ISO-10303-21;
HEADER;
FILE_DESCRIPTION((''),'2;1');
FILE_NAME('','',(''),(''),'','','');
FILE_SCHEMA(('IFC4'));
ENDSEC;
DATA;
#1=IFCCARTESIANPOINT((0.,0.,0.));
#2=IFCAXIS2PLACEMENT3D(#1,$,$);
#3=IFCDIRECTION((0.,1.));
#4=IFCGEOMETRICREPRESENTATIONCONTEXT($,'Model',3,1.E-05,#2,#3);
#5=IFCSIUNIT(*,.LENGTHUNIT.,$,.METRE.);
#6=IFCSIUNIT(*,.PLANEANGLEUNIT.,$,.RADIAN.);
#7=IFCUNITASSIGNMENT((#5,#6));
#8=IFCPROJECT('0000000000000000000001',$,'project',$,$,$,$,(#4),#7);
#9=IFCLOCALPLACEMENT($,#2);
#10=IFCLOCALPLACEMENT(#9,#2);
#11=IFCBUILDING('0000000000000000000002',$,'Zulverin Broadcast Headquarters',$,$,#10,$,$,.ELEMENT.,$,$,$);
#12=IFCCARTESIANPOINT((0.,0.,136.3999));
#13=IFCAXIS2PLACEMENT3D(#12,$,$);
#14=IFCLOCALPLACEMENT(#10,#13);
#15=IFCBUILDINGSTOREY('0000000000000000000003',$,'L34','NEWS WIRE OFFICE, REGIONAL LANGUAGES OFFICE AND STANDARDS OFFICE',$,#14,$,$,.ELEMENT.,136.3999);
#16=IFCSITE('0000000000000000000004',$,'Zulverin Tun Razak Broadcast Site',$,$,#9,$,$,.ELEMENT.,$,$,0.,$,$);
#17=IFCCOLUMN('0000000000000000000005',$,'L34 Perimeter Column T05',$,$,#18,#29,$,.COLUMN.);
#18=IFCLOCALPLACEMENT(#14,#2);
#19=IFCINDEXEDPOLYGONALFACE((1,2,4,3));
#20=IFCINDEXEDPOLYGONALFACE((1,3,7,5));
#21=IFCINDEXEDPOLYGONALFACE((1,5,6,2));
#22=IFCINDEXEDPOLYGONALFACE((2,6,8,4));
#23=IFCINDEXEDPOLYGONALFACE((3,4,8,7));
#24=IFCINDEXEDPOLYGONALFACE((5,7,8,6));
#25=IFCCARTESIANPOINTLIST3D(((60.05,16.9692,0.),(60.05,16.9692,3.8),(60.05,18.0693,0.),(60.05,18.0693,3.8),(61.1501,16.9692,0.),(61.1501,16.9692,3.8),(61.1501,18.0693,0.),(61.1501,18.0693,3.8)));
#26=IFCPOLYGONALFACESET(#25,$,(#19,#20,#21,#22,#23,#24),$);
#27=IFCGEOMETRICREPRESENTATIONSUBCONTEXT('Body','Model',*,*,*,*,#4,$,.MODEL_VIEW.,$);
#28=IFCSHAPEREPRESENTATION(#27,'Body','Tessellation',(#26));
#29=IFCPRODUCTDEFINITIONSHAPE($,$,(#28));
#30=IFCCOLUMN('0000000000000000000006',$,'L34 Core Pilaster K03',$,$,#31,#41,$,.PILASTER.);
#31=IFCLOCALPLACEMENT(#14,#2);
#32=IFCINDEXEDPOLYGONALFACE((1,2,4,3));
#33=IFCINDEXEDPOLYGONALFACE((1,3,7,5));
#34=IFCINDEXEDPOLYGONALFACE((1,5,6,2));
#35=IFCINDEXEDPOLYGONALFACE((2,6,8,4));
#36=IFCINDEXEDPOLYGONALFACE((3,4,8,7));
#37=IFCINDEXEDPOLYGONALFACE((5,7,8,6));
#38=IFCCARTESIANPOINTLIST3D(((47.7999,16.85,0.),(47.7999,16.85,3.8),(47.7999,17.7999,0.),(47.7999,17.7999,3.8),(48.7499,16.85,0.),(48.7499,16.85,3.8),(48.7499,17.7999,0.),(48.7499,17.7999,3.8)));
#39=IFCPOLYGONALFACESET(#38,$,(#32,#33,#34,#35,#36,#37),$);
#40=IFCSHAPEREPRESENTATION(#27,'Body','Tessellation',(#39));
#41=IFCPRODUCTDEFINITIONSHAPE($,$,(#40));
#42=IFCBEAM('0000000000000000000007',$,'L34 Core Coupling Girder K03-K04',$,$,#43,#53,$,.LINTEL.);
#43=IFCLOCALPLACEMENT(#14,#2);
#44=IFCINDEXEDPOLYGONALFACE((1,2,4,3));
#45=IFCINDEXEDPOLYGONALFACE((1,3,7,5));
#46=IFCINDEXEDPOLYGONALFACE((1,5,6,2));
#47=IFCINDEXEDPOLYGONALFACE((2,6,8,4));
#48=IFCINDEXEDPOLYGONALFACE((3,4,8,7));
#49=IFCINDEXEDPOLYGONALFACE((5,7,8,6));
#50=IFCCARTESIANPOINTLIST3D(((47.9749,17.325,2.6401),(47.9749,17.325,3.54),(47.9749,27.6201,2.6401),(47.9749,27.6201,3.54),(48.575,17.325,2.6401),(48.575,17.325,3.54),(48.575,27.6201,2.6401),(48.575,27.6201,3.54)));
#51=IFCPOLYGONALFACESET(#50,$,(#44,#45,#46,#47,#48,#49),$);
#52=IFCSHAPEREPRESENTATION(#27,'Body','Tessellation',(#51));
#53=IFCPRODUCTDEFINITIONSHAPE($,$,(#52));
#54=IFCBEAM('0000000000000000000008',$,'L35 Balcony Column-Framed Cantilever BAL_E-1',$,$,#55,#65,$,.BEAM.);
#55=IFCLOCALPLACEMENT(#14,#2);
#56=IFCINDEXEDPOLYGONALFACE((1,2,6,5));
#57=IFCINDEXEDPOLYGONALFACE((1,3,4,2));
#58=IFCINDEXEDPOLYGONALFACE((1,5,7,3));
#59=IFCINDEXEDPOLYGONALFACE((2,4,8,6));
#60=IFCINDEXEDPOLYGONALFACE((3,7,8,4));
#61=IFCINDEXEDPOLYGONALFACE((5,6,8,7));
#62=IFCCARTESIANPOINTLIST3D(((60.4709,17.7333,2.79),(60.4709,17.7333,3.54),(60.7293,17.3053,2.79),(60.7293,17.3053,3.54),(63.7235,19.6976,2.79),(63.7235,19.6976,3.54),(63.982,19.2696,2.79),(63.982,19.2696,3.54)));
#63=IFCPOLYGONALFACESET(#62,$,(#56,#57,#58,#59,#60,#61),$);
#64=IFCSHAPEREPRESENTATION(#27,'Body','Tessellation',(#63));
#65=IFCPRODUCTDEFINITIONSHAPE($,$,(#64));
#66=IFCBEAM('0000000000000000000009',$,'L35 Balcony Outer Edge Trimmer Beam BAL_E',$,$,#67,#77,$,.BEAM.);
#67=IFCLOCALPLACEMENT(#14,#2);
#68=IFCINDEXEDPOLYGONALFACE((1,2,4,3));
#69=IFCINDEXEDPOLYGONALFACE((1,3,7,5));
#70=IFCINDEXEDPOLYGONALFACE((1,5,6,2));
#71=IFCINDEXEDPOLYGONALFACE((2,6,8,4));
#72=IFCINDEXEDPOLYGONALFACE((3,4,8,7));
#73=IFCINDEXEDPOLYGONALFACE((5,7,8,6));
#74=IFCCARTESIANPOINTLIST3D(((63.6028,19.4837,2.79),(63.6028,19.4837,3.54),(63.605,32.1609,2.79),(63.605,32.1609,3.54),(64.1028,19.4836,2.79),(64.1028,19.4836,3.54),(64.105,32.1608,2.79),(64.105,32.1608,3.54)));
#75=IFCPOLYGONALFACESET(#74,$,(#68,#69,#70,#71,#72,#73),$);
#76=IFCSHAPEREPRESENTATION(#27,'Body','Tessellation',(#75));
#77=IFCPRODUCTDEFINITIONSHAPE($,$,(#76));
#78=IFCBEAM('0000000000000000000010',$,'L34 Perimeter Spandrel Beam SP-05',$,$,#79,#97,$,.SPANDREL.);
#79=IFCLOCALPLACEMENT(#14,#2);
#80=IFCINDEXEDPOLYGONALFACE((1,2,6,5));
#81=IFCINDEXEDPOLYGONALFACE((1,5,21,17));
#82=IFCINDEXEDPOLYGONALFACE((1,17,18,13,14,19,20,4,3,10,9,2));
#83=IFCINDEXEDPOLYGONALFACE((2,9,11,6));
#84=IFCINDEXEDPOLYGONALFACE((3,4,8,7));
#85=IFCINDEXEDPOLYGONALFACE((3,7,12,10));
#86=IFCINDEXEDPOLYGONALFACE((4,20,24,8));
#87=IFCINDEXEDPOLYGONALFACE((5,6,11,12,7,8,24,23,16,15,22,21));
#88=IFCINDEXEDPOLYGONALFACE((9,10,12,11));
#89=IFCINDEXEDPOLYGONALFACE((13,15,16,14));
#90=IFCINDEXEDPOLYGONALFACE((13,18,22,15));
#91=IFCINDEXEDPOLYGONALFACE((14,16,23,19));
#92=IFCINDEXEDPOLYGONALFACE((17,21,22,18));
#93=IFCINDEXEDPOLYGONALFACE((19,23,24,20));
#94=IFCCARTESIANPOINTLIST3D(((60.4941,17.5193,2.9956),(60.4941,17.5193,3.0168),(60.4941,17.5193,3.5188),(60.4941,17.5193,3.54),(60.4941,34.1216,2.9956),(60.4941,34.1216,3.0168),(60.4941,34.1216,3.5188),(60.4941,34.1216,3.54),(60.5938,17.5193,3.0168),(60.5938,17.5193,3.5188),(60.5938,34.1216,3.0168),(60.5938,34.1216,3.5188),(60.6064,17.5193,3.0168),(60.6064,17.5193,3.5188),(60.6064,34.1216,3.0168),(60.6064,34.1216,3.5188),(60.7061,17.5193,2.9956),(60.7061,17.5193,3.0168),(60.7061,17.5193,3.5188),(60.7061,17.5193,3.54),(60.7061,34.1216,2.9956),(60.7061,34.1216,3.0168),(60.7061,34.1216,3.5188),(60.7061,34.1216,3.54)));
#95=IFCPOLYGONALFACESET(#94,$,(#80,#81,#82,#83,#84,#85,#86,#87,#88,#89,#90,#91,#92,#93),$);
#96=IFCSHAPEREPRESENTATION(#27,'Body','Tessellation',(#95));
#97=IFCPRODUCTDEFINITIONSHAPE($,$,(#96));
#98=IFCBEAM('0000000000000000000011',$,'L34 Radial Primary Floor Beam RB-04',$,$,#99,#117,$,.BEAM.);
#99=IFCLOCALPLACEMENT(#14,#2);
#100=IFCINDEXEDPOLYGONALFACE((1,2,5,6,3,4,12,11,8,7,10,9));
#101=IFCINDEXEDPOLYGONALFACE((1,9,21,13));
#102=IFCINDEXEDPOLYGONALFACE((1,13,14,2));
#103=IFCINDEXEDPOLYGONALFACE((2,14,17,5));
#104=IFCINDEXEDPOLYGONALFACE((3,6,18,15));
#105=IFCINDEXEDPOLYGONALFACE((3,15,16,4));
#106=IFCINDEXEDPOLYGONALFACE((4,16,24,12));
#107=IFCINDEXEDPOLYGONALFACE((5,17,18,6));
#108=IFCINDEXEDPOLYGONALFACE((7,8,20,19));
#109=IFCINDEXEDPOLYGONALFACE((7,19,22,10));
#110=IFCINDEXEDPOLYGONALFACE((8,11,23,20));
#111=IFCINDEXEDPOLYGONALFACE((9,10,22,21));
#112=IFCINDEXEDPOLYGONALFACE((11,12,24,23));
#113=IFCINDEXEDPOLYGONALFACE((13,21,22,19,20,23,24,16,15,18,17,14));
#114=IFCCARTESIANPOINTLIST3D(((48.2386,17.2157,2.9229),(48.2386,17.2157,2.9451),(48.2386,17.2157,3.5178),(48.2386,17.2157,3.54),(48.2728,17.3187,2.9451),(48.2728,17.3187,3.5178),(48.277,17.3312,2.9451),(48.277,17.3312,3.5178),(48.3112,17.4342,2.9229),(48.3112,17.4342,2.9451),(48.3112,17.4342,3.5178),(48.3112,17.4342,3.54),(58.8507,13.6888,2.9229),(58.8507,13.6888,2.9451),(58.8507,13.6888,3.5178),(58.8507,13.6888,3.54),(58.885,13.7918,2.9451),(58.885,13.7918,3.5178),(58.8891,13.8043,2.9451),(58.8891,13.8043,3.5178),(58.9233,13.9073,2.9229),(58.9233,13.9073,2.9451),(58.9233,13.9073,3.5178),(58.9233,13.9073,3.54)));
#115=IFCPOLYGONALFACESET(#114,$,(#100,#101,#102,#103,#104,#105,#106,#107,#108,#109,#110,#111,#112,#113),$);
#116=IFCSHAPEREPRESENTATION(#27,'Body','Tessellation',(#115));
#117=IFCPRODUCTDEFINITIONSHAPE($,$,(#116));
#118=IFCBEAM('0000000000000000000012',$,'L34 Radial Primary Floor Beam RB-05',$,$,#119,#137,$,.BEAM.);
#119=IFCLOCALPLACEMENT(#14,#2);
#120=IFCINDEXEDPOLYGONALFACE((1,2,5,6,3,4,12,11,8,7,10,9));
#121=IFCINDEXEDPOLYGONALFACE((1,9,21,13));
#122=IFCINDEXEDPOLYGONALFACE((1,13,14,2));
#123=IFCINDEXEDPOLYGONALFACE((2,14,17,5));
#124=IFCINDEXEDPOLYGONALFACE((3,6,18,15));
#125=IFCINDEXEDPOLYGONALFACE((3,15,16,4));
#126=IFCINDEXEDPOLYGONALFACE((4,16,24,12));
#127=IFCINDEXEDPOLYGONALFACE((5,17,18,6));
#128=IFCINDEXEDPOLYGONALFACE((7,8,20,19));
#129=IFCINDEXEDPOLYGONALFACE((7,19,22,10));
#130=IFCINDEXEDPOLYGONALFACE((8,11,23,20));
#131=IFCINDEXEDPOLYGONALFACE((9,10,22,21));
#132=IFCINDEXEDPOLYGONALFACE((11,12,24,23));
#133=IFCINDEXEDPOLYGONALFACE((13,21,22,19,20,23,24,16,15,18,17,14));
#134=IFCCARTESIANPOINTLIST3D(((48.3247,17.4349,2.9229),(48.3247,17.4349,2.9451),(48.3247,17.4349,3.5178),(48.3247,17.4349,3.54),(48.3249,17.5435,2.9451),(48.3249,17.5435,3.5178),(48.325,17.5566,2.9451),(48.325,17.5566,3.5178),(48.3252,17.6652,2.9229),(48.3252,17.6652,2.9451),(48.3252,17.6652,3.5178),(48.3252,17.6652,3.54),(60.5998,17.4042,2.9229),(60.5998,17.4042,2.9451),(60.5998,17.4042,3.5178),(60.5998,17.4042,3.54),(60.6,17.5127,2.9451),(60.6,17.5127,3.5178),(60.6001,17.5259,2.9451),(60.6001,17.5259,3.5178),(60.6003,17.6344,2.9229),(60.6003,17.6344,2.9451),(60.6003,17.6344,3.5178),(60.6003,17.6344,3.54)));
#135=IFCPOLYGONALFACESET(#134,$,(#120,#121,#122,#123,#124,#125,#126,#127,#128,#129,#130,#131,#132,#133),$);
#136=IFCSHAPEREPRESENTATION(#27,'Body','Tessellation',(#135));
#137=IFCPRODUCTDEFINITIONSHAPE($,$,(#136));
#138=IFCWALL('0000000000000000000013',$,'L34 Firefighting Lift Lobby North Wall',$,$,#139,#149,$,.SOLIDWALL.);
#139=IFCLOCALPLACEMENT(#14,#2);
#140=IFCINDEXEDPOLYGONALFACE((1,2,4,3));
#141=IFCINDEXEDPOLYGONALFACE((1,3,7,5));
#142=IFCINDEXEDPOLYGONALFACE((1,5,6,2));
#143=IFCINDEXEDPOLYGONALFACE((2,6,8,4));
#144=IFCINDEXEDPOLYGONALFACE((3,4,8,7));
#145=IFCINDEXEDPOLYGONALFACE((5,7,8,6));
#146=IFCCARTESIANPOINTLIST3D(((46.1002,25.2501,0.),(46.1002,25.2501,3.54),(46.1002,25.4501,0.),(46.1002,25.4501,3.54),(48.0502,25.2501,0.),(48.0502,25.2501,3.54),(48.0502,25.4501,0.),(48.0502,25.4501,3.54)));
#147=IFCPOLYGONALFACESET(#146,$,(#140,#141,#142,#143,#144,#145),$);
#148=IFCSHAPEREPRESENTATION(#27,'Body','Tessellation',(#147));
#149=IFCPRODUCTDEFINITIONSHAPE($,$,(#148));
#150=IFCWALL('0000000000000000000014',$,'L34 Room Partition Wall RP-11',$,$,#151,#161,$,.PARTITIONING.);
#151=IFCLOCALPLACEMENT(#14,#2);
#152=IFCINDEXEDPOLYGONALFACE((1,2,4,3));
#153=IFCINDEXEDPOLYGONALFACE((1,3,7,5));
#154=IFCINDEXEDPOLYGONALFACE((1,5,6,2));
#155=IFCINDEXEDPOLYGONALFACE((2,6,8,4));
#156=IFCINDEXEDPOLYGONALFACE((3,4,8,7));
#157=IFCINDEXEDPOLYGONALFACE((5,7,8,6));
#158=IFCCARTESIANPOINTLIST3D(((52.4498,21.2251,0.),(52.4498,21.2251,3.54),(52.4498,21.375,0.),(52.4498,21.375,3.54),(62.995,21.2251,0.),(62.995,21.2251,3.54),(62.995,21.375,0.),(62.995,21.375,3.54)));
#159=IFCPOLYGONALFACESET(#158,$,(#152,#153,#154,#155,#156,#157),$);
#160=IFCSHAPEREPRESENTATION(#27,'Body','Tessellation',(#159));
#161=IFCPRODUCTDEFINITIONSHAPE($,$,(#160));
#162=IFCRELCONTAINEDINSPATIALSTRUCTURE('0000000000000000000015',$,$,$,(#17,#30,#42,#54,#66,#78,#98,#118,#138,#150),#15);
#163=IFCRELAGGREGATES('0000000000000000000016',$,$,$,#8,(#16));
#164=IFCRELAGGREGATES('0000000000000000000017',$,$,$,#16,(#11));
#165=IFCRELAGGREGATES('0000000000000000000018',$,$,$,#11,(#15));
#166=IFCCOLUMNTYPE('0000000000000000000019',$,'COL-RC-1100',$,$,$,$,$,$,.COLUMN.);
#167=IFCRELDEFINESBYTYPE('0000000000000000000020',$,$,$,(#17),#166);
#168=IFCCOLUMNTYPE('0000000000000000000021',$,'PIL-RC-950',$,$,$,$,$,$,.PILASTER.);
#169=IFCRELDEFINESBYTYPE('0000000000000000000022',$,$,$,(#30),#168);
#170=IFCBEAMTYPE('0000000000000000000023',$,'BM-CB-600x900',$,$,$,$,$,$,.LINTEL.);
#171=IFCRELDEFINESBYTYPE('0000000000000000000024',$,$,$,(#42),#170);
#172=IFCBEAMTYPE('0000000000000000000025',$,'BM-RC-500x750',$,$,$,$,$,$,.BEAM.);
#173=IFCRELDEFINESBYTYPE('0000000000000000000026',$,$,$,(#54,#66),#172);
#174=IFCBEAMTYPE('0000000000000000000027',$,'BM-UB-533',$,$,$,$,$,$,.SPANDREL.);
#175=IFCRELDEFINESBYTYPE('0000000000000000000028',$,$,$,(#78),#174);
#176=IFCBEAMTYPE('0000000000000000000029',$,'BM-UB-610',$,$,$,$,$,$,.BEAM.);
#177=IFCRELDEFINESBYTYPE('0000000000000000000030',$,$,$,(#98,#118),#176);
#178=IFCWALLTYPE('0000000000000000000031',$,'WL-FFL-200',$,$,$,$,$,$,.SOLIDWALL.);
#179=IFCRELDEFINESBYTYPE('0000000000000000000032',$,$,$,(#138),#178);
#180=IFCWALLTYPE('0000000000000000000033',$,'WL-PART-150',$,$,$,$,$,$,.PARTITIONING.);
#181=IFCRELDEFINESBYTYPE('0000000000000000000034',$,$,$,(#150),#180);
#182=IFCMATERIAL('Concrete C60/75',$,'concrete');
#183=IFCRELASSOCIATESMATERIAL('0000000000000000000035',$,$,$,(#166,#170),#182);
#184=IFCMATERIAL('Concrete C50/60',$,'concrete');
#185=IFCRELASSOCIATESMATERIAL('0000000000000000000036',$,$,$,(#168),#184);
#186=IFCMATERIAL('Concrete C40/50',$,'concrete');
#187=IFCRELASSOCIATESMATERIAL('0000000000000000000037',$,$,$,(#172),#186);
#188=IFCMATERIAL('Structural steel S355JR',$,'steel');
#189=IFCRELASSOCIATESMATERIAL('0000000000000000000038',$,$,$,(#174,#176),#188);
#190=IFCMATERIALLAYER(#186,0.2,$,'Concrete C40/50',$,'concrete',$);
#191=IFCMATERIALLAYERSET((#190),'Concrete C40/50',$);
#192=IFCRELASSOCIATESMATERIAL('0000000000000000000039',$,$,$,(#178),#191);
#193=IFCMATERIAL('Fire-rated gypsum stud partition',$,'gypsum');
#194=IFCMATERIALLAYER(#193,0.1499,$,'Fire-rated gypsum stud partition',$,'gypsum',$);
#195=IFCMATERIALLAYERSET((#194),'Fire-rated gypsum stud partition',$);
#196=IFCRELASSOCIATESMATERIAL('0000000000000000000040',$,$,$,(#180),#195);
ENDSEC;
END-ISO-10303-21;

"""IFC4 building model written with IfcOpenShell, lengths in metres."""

from ifc_helpers import new_model, si_unit, direction, frame, frame_2d, origin, origin_2d, place, context, subcontext, project, spatial, rectangle, i_section, extrude, material, layer, layer_set, material_profile, profile_set, type_object, element, save


model = new_model("IFC4")

# Units and contexts
model_context = context("Model", 3, precision=1e-05, world=origin(), true_north=direction((0.0, 1.0)))
body_context = subcontext(model_context, "Body", "Model", "MODEL_VIEW")
ifc_project = project(units=[si_unit("LENGTHUNIT", "METRE"), si_unit("PLANEANGLEUNIT", "RADIAN")], contexts=[model_context])

# Site, building, storey
site_placement = place(None, origin())
site = spatial("IfcSite", under=ifc_project, at=site_placement, Name="Zulverin Tun Razak Broadcast Site", CompositionType="ELEMENT", RefElevation=0.0)
building_placement = place(site_placement, origin())
building = spatial("IfcBuilding", under=site, at=building_placement, Name="Zulverin Broadcast Headquarters", CompositionType="ELEMENT")
storey_placement = place(building_placement, frame((0.0, 0.0, 136.3999)))
storey = spatial("IfcBuildingStorey", under=building, at=storey_placement, Name="L34", Description="NEWS WIRE OFFICE, REGIONAL LANGUAGES OFFICE AND STANDARDS OFFICE", CompositionType="ELEMENT", Elevation=136.3999)

# Columns
ifc_material_1 = material(Name="Concrete C60/75", Category="concrete")
ifc_material_profile_1 = material_profile(ifc_material_1, rectangle(XDim=1.1001, YDim=1.1001, at=origin_2d()), Name="Concrete C60/75", Category="concrete")
ifc_profile_set_1 = profile_set([ifc_material_profile_1], Name="Concrete C60/75")
column_type_1 = type_object("IfcColumnType", Name="COL-RC-1100", PredefinedType="COLUMN", material=ifc_profile_set_1)
column_1_placement = place(storey_placement, frame((60.6001, 17.5193, 0.0), z_axis=(0.0, 0.0, 1.0), x_axis=(1.0, 0.0, 0.0)))
element("IfcColumn", 1, at=column_1_placement, inside=storey, type_object=column_type_1, Name="L34 Perimeter Column T05", PredefinedType="COLUMN", context=body_context, shape_type="SweptSolid", body=[
    extrude(rectangle(XDim=1.1001, YDim=1.1001, at=origin_2d()), origin(), (0.0, 0.0, 1.0), 3.8),
])
ifc_material_2 = material(Name="Concrete C50/60", Category="concrete")
ifc_material_profile_2 = material_profile(ifc_material_2, rectangle(XDim=0.95, YDim=0.95, at=origin_2d()), Name="Concrete C50/60", Category="concrete")
ifc_profile_set_2 = profile_set([ifc_material_profile_2], Name="Concrete C50/60")
column_type_2 = type_object("IfcColumnType", Name="PIL-RC-950", PredefinedType="PILASTER", material=ifc_profile_set_2)
column_2_placement = place(storey_placement, frame((48.2749, 17.325, 0.0), z_axis=(0.0, 0.0, 1.0), x_axis=(1.0, 0.0, 0.0)))
element("IfcColumn", 2, at=column_2_placement, inside=storey, type_object=column_type_2, Name="L34 Core Pilaster K03", PredefinedType="PILASTER", context=body_context, shape_type="SweptSolid", body=[
    extrude(rectangle(XDim=0.95, YDim=0.95, at=origin_2d()), origin(), (0.0, 0.0, 1.0), 3.8),
])

# Beams
ifc_material_profile_3 = material_profile(ifc_material_1, rectangle(XDim=0.6001, YDim=0.8999, at=origin_2d()), Name="Concrete C60/75", Category="concrete")
ifc_profile_set_3 = profile_set([ifc_material_profile_3], Name="Concrete C60/75")
beam_type_1 = type_object("IfcBeamType", Name="BM-CB-600x900", PredefinedType="LINTEL", material=ifc_profile_set_3)
beam_1_placement = place(storey_placement, frame((48.2749, 17.325, 3.0901), z_axis=(0.0, 1.0, 0.0), x_axis=(-1.0, 0.0, 0.0)))
element("IfcBeam", 3, at=beam_1_placement, inside=storey, type_object=beam_type_1, Name="L34 Core Coupling Girder K03-K04", PredefinedType="LINTEL", context=body_context, shape_type="SweptSolid", body=[
    extrude(rectangle(XDim=0.6001, YDim=0.8999, at=origin_2d()), origin(), (0.0, 0.0, 1.0), 10.2952),
])
ifc_material_3 = material(Name="Concrete C40/50", Category="concrete")
ifc_material_profile_4 = material_profile(ifc_material_3, rectangle(XDim=0.5, YDim=0.75, at=origin_2d()), Name="Concrete C40/50", Category="concrete")
ifc_profile_set_4 = profile_set([ifc_material_profile_4], Name="Concrete C40/50")
beam_type_2 = type_object("IfcBeamType", Name="BM-RC-500x750", PredefinedType="BEAM", material=ifc_profile_set_4)
beam_2_placement = place(storey_placement, frame((60.6001, 17.5193, 3.165), z_axis=(0.85601, 0.51696, 0.0), x_axis=(-0.51696, 0.85601, 0.0)))
element("IfcBeam", 4, at=beam_2_placement, inside=storey, type_object=beam_type_2, Name="L35 Balcony Column-Framed Cantilever BAL_E-1", PredefinedType="BEAM", context=body_context, shape_type="SweptSolid", body=[
    extrude(rectangle(XDim=0.5, YDim=0.75, at=origin_2d()), origin(), (0.0, 0.0, 1.0), 3.7998),
])
beam_3_placement = place(storey_placement, frame((63.8528, 19.4836, 3.165), z_axis=(0.000173, 1.0, 0.0), x_axis=(-1.0, 0.000173, 0.0)))
element("IfcBeam", 5, at=beam_3_placement, inside=storey, type_object=beam_type_2, Name="L35 Balcony Outer Edge Trimmer Beam BAL_E", PredefinedType="BEAM", context=body_context, shape_type="SweptSolid", body=[
    extrude(rectangle(XDim=0.5, YDim=0.75, at=origin_2d()), origin(), (0.0, 0.0, 1.0), 12.6772),
])
ifc_material_4 = material(Name="Structural steel S355JR", Category="steel")
ifc_material_profile_5 = material_profile(ifc_material_4, i_section(OverallWidth=0.2119, OverallDepth=0.5444, WebThickness=0.0127, FlangeThickness=0.0212, at=origin_2d()), Name="Structural steel S355JR", Category="steel")
ifc_profile_set_5 = profile_set([ifc_material_profile_5], Name="Structural steel S355JR")
beam_type_3 = type_object("IfcBeamType", Name="BM-UB-533", PredefinedType="SPANDREL", material=ifc_profile_set_5)
beam_4_placement = place(storey_placement, frame((60.6001, 17.5193, 3.2678), z_axis=(0.0, 1.0, 0.0), x_axis=(-1.0, 0.0, 0.0)))
element("IfcBeam", 6, at=beam_4_placement, inside=storey, type_object=beam_type_3, Name="L34 Perimeter Spandrel Beam SP-05", PredefinedType="SPANDREL", context=body_context, shape_type="SweptSolid", body=[
    extrude(i_section(OverallWidth=0.2119, OverallDepth=0.5444, WebThickness=0.0127, FlangeThickness=0.0212, at=origin_2d()), origin(), (0.0, 0.0, 1.0), 16.6023),
])
ifc_material_profile_6 = material_profile(ifc_material_4, i_section(OverallWidth=0.2302, OverallDepth=0.6172, WebThickness=0.0132, FlangeThickness=0.0222, at=origin_2d()), Name="Structural steel S355JR", Category="steel")
ifc_profile_set_6 = profile_set([ifc_material_profile_6], Name="Structural steel S355JR")
beam_type_4 = type_object("IfcBeamType", Name="BM-UB-610", PredefinedType="BEAM", material=ifc_profile_set_6)
beam_5_placement = place(storey_placement, frame((48.2749, 17.325, 3.2314), z_axis=(0.948965, -0.315383, 0.0), x_axis=(0.315383, 0.948965, 0.0)))
element("IfcBeam", 7, at=beam_5_placement, inside=storey, type_object=beam_type_4, Name="L34 Radial Primary Floor Beam RB-04", PredefinedType="BEAM", context=body_context, shape_type="SweptSolid", body=[
    extrude(i_section(OverallWidth=0.2302, OverallDepth=0.6172, WebThickness=0.0132, FlangeThickness=0.0222, at=origin_2d()), origin(), (0.0, 0.0, 1.0), 11.1829),
])
beam_6_placement = place(storey_placement, frame((48.325, 17.55, 3.2314), z_axis=(0.999997, -0.002506, 0.0), x_axis=(0.002506, 0.999997, 0.0)))
element("IfcBeam", 8, at=beam_6_placement, inside=storey, type_object=beam_type_4, Name="L34 Radial Primary Floor Beam RB-05", PredefinedType="BEAM", context=body_context, shape_type="SweptSolid", body=[
    extrude(i_section(OverallWidth=0.2302, OverallDepth=0.6172, WebThickness=0.0132, FlangeThickness=0.0222, at=origin_2d()), origin(), (0.0, 0.0, 1.0), 12.2751),
])

# Walls
ifc_layer_1 = layer(ifc_material_3, 0.2, Name="Concrete C40/50", Category="concrete")
ifc_layer_set_1 = layer_set([ifc_layer_1], Name="Concrete C40/50")
wall_type_1 = type_object("IfcWallType", Name="WL-FFL-200", PredefinedType="SOLIDWALL", material=ifc_layer_set_1)
wall_1_placement = place(storey_placement, frame((46.1001, 25.3501, 0.0), z_axis=(0.0, 0.0, 1.0), x_axis=(1.0, 0.0, 0.0)))
element("IfcWall", 9, at=wall_1_placement, inside=storey, type_object=wall_type_1, Name="L34 Firefighting Lift Lobby North Wall", PredefinedType="SOLIDWALL", context=body_context, shape_type="SweptSolid", body=[
    extrude(rectangle(XDim=1.95, YDim=0.2, at=frame_2d((0.9751, 0.0))), origin(), (0.0, 0.0, 1.0), 3.54),
])
ifc_material_5 = material(Name="Fire-rated gypsum stud partition", Category="gypsum")
ifc_layer_2 = layer(ifc_material_5, 0.1499, Name="Fire-rated gypsum stud partition", Category="gypsum")
ifc_layer_set_2 = layer_set([ifc_layer_2], Name="Fire-rated gypsum stud partition")
wall_type_2 = type_object("IfcWallType", Name="WL-PART-150", PredefinedType="PARTITIONING", material=ifc_layer_set_2)
wall_2_placement = place(storey_placement, frame((52.45, 21.3, 0.0), z_axis=(0.0, 0.0, 1.0), x_axis=(1.0, 0.0, 0.0)))
element("IfcWall", 10, at=wall_2_placement, inside=storey, type_object=wall_type_2, Name="L34 Room Partition Wall RP-11", PredefinedType="PARTITIONING", context=body_context, shape_type="SweptSolid", body=[
    extrude(rectangle(XDim=10.5452, YDim=0.1499, at=frame_2d((5.2725, 0.0))), origin(), (0.0, 0.0, 1.0), 3.54),
])

save(model, "model.ifc")
